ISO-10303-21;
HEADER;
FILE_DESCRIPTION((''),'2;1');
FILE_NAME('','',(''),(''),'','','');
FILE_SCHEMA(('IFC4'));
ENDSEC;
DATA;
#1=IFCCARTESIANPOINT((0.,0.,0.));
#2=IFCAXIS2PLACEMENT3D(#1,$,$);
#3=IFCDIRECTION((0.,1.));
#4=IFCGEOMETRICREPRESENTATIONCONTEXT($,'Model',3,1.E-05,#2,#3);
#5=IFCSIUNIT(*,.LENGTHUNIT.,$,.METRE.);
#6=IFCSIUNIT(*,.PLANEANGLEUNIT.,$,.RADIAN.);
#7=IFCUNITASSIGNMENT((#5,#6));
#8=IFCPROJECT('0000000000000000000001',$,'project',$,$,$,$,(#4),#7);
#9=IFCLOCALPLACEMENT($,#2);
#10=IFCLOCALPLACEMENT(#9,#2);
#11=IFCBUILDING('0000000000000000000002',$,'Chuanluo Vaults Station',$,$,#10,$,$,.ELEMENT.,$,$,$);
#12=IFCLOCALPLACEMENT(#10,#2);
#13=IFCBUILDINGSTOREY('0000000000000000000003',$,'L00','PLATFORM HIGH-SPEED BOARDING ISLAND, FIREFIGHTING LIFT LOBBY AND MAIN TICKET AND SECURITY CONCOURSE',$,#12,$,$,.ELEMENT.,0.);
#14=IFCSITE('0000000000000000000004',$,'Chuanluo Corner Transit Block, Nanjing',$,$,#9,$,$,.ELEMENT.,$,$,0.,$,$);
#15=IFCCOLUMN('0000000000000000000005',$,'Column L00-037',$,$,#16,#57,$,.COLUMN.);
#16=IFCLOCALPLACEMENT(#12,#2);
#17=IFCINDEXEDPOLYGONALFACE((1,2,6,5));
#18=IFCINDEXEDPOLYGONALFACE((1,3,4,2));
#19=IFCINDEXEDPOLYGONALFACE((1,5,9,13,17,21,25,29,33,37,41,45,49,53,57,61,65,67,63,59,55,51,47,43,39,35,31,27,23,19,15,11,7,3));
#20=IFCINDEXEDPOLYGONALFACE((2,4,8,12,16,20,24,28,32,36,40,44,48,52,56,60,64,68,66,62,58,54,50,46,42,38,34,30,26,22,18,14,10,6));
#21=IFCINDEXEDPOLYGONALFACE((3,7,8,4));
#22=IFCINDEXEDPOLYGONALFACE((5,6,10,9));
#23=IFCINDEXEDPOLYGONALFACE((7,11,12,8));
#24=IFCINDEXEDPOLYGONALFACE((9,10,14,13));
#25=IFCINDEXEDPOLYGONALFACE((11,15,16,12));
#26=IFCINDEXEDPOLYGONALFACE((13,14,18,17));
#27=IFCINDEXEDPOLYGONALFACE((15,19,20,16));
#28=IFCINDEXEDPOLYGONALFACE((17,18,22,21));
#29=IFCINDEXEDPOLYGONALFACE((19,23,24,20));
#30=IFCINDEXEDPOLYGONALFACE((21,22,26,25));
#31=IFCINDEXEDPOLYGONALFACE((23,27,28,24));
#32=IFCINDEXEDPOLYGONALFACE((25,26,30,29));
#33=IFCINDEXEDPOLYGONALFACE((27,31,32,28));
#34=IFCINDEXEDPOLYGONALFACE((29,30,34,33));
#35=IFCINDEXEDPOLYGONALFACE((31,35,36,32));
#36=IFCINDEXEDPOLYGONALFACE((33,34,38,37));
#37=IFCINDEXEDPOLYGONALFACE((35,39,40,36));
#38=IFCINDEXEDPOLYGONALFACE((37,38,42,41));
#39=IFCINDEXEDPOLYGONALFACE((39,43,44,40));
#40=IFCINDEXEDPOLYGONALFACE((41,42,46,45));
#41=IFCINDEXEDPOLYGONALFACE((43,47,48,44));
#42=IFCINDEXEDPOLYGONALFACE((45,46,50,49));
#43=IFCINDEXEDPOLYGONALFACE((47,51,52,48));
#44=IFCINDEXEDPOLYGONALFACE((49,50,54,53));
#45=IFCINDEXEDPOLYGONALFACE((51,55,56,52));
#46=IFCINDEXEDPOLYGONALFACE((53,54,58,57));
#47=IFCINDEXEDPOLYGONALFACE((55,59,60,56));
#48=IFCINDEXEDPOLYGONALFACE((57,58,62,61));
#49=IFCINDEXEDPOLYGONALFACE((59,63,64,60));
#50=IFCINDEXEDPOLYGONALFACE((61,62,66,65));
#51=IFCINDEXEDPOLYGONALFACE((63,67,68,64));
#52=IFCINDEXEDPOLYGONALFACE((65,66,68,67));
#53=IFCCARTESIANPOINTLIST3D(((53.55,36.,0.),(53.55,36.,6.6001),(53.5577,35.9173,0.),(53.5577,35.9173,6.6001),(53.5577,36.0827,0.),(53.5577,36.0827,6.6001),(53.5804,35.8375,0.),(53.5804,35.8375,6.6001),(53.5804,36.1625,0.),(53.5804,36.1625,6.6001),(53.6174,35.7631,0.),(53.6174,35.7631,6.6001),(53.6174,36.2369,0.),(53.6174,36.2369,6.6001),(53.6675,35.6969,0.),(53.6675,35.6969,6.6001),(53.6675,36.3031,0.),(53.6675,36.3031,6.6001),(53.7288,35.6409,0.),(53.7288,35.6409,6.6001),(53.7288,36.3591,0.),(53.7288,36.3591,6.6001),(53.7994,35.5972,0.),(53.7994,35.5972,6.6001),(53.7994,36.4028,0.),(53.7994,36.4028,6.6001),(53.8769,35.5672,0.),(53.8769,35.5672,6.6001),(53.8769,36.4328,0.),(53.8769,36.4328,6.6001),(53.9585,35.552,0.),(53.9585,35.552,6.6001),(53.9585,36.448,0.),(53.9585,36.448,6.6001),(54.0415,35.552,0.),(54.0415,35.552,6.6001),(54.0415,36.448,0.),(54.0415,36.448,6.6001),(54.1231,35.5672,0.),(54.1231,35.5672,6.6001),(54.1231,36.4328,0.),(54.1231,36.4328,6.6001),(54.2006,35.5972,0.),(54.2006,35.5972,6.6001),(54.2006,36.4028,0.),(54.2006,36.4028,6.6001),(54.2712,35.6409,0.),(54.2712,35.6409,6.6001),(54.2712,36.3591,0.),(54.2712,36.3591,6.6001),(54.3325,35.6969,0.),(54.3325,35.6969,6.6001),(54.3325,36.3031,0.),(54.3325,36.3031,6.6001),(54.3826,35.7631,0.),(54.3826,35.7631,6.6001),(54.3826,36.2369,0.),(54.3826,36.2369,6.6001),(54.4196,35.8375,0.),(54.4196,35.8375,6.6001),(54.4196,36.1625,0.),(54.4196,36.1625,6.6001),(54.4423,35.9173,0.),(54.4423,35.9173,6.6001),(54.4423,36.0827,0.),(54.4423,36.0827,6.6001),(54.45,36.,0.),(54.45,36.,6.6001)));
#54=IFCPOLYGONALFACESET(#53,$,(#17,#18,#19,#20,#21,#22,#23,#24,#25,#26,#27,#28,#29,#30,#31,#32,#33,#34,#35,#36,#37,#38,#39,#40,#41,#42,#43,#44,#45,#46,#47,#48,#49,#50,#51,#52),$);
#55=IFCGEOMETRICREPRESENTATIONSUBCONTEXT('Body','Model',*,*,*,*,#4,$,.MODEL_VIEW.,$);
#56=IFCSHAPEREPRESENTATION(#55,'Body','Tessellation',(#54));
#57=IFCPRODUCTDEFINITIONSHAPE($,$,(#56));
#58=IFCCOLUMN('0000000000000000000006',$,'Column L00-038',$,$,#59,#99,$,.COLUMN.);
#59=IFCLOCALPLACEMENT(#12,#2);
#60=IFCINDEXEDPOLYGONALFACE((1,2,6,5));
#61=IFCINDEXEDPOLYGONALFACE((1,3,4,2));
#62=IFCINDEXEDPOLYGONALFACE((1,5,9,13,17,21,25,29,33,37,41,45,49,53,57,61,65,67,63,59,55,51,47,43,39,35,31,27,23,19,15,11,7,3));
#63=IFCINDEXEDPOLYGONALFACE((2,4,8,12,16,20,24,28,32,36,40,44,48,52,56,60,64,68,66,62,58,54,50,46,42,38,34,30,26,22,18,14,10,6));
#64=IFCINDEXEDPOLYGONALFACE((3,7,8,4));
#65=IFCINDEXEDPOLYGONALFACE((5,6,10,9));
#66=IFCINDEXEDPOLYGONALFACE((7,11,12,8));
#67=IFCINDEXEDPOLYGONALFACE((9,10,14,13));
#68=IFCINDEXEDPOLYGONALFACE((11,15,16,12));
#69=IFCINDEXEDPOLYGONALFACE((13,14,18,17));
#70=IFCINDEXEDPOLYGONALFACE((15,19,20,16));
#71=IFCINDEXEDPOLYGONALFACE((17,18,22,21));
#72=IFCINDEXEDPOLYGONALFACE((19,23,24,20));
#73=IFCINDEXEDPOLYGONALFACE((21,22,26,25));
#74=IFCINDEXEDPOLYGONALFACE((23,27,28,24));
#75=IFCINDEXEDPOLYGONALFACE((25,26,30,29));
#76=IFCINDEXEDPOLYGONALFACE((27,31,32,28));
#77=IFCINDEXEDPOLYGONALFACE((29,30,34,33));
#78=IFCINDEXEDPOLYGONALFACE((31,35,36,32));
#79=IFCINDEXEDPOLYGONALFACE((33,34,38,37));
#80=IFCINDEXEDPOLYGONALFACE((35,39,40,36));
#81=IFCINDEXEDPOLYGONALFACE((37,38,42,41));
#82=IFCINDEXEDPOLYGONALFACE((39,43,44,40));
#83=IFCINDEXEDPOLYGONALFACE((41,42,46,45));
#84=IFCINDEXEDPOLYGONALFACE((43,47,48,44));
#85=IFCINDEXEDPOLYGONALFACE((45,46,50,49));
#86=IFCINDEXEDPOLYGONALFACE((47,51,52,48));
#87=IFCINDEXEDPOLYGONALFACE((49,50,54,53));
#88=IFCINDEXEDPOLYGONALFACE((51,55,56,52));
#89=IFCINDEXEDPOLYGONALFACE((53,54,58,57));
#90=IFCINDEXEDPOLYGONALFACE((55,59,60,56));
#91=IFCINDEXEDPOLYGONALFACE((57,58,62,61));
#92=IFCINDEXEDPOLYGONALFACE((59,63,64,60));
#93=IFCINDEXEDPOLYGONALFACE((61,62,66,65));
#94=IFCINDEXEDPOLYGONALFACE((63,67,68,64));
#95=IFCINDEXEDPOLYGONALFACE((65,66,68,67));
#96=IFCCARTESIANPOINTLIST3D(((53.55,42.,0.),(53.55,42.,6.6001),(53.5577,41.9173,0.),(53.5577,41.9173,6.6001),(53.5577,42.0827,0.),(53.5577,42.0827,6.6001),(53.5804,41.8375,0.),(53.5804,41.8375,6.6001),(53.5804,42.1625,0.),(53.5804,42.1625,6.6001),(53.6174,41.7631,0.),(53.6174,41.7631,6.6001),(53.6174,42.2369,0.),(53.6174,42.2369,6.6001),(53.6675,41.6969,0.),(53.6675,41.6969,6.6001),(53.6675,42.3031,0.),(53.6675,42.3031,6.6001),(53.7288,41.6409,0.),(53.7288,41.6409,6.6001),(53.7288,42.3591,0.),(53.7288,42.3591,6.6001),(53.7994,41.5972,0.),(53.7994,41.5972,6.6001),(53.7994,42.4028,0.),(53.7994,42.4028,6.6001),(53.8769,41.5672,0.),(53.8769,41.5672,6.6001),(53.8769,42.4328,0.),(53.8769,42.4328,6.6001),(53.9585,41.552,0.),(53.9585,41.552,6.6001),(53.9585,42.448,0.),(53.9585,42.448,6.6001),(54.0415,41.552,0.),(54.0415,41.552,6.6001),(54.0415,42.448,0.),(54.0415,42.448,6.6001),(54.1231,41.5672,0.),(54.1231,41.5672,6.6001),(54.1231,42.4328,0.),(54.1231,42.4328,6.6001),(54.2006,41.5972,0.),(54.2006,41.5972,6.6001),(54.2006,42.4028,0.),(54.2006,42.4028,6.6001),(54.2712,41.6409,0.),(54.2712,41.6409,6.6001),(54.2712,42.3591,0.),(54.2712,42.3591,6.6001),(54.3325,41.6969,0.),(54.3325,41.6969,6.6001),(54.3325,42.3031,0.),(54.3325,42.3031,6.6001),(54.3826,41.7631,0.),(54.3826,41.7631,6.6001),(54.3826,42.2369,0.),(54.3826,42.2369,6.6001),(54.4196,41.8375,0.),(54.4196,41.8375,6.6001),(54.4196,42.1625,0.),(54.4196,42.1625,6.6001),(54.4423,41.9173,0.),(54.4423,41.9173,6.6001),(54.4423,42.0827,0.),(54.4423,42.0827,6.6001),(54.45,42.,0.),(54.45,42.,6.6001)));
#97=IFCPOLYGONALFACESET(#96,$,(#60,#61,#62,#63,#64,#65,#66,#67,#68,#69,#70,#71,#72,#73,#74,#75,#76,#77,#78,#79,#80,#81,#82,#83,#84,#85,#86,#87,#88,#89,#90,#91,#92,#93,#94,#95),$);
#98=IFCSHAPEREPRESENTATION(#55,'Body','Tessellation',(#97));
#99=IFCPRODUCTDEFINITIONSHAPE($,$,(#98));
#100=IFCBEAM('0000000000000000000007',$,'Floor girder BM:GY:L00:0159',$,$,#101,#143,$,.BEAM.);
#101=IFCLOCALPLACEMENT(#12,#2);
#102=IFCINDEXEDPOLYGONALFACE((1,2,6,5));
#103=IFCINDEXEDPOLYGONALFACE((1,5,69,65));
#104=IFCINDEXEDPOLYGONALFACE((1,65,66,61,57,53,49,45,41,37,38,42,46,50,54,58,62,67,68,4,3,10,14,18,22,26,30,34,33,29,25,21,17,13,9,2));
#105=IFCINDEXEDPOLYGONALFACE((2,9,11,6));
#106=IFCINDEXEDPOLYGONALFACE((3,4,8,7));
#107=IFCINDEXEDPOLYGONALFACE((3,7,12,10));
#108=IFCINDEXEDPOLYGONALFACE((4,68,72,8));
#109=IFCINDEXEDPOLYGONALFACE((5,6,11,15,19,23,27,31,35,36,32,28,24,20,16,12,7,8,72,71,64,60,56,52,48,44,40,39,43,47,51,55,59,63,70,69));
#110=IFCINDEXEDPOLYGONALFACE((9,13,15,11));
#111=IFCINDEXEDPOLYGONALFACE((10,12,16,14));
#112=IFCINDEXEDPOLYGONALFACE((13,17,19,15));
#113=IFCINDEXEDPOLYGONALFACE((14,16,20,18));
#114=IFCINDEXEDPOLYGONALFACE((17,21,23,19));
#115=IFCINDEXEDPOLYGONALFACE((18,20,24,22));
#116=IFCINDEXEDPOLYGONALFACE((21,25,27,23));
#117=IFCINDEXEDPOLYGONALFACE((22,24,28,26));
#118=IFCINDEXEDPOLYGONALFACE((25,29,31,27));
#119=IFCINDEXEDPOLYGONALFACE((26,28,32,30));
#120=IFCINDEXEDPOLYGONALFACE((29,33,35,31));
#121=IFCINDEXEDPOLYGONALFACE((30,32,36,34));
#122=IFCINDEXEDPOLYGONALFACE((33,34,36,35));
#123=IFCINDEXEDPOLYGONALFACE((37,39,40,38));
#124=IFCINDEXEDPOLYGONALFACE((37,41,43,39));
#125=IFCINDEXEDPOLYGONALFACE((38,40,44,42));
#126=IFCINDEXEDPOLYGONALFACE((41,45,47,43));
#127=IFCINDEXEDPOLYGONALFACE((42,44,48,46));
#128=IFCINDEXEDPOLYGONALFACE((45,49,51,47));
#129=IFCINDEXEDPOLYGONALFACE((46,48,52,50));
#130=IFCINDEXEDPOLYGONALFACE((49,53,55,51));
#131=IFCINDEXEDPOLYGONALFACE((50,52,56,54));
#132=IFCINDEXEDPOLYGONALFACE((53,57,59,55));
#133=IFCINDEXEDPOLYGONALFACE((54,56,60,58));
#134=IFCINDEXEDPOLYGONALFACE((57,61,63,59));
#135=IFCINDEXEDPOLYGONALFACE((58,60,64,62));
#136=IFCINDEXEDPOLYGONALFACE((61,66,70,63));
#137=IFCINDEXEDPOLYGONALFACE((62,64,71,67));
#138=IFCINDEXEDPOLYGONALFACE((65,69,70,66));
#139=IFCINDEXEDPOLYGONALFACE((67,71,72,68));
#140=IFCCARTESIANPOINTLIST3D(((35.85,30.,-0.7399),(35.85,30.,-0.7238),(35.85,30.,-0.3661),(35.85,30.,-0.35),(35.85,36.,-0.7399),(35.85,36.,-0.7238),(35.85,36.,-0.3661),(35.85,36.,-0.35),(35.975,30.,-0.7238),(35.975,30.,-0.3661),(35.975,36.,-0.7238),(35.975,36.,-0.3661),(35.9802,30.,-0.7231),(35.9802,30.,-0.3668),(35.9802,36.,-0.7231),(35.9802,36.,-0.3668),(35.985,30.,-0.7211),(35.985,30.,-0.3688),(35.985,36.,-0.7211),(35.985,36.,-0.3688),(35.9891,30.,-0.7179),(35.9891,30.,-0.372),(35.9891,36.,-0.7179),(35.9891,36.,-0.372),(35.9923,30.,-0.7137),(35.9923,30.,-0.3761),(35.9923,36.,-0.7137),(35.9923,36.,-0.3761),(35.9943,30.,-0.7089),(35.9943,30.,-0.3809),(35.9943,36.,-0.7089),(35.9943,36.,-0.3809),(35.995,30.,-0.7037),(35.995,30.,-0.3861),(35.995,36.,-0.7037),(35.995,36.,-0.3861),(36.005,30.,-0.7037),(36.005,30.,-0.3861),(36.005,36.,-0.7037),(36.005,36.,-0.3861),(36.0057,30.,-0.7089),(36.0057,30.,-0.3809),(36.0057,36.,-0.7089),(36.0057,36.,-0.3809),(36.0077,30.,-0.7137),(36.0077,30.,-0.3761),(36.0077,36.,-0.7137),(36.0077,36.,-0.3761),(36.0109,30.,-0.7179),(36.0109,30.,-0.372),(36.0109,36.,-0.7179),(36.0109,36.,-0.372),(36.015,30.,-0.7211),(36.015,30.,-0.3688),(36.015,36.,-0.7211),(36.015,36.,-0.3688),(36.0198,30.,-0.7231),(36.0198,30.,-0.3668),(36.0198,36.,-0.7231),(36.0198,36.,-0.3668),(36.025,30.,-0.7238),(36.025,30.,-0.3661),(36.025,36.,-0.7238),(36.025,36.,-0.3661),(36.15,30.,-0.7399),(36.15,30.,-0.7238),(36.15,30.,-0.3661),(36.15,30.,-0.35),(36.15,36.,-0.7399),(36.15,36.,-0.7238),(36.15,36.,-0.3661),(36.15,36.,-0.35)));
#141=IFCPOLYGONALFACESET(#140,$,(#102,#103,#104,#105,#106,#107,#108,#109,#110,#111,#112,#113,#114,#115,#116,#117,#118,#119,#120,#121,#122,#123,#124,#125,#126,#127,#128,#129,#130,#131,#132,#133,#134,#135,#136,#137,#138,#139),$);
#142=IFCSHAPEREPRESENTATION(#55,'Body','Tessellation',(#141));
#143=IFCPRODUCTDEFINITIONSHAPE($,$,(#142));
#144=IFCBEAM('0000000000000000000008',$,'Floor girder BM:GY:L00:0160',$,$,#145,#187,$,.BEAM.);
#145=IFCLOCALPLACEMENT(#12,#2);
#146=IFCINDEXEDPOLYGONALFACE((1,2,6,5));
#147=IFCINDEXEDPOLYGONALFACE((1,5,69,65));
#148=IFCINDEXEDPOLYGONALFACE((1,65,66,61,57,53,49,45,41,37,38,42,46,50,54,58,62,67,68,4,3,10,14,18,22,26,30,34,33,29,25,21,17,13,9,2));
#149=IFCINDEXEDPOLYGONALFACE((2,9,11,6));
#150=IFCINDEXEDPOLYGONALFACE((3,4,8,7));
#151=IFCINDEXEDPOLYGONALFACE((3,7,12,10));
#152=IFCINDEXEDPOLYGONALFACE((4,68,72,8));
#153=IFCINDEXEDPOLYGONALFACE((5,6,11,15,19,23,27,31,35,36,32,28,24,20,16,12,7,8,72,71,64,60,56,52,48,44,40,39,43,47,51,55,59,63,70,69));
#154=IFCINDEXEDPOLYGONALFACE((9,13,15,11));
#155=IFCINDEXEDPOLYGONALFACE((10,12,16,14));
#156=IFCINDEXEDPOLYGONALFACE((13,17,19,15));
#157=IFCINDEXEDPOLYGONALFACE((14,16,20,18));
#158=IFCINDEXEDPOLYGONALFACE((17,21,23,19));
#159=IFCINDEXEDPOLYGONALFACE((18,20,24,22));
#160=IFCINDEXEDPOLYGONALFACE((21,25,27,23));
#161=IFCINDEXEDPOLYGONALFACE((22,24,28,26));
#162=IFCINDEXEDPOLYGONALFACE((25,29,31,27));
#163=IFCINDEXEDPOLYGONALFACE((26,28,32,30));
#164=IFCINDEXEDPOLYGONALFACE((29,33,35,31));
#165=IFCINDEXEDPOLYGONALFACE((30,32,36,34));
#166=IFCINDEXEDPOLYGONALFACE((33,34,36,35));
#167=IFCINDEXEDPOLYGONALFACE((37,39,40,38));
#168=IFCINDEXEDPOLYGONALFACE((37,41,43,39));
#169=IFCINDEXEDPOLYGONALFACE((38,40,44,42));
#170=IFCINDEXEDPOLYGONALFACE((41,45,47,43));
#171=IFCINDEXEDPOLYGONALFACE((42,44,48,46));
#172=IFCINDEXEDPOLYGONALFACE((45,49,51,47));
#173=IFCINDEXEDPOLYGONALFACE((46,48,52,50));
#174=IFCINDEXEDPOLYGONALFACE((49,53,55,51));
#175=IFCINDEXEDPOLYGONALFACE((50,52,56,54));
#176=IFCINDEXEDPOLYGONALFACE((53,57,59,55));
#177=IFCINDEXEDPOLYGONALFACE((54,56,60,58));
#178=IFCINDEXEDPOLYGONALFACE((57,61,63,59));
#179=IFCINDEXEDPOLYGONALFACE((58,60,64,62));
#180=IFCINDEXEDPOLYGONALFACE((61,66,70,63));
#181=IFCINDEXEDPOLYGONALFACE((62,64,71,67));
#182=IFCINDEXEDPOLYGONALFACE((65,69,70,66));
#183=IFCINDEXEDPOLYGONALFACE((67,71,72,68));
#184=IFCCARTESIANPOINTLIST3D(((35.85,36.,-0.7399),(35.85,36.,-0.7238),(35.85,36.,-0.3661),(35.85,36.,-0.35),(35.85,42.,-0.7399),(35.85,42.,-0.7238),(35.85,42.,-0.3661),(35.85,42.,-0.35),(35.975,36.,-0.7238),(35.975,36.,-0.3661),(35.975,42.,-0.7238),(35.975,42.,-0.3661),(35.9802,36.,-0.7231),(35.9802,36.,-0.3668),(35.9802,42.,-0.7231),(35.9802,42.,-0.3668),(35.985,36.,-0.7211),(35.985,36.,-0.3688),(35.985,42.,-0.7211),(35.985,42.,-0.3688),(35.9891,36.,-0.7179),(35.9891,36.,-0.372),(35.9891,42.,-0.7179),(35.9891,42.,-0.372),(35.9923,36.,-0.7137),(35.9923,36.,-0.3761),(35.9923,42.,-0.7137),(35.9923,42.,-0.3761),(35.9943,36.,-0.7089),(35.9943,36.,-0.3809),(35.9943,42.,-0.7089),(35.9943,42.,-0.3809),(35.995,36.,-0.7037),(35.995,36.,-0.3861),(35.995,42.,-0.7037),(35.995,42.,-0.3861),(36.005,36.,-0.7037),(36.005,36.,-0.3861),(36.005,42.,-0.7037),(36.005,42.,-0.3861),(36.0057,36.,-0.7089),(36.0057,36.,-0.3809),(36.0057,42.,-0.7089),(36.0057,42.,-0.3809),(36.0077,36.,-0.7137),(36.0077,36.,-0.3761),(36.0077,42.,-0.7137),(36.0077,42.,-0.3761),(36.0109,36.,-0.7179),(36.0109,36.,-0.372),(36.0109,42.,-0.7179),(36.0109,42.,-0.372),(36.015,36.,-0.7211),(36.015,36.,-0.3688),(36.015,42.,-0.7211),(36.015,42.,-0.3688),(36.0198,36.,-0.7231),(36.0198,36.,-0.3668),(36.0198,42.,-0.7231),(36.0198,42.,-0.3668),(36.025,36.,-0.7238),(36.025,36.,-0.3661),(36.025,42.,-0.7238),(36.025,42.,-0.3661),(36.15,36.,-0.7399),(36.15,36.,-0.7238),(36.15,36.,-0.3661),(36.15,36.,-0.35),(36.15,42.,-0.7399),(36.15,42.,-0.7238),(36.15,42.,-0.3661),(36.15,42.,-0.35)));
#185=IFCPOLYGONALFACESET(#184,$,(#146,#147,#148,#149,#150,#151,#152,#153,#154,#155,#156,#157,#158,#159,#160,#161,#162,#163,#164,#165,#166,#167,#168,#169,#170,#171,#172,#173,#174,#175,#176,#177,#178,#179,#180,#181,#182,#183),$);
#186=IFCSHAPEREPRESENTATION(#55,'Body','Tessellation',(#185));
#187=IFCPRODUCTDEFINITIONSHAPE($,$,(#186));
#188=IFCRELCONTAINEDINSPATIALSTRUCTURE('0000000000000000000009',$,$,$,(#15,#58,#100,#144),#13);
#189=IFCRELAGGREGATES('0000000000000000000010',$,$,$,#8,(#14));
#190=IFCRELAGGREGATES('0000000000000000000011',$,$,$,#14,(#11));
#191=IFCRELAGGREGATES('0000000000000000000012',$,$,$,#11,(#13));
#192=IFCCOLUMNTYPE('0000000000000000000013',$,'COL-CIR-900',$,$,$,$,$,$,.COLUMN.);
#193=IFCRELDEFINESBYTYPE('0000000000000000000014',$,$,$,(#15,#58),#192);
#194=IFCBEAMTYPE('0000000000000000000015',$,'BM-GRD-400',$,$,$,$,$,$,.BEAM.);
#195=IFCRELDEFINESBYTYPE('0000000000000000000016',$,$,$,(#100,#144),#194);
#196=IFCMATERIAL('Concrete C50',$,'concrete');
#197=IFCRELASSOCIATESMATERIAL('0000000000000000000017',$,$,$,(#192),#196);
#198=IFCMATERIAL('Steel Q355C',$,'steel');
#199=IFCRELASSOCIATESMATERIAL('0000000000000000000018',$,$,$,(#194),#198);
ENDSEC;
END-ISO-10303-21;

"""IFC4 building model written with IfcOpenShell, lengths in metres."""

from ifc_helpers import new_model, si_unit, direction, frame, origin, origin_2d, place, context, subcontext, project, spatial, circle, i_section, extrude, material, material_profile, profile_set, type_object, element, save


model = new_model("IFC4")

# Units and contexts
model_context = context("Model", 3, precision=1e-05, world=origin(), true_north=direction((0.0, 1.0)))
body_context = subcontext(model_context, "Body", "Model", "MODEL_VIEW")
ifc_project = project(units=[si_unit("LENGTHUNIT", "METRE"), si_unit("PLANEANGLEUNIT", "RADIAN")], contexts=[model_context])

# Site, building, storey
site_placement = place(None, origin())
site = spatial("IfcSite", under=ifc_project, at=site_placement, Name="Chuanluo Corner Transit Block, Nanjing", CompositionType="ELEMENT", RefElevation=0.0)
building_placement = place(site_placement, origin())
building = spatial("IfcBuilding", under=site, at=building_placement, Name="Chuanluo Vaults Station", CompositionType="ELEMENT")
storey_placement = place(building_placement, origin())
storey = spatial("IfcBuildingStorey", under=building, at=storey_placement, Name="L00", Description="PLATFORM HIGH-SPEED BOARDING ISLAND, FIREFIGHTING LIFT LOBBY AND MAIN TICKET AND SECURITY CONCOURSE", CompositionType="ELEMENT", Elevation=0.0)

# Columns
ifc_material_1 = material(Name="Concrete C50", Category="concrete")
ifc_material_profile_1 = material_profile(ifc_material_1, circle(Radius=0.45, at=origin_2d()))
ifc_profile_set_1 = profile_set([ifc_material_profile_1], Name="Concrete C50")
column_type = type_object("IfcColumnType", Name="COL-CIR-900", PredefinedType="COLUMN", material=ifc_profile_set_1)
for number, where, z_axis, x_axis, name in (
    (1, (54.0, 36.0, 0.0), (0.0, 0.0, 1.0), (1.0, 0.0, 0.0), "Column L00-037"),
    (2, (54.0, 42.0, 0.0), (0.0, 0.0, 1.0), (1.0, 0.0, 0.0), "Column L00-038"),
):
    element("IfcColumn", number, at=place(storey_placement, frame(where, z_axis=z_axis, x_axis=x_axis)), inside=storey, type_object=column_type, Name=name, PredefinedType="COLUMN", context=body_context, shape_type="SweptSolid", body=[
        extrude(circle(Radius=0.45, at=origin_2d()), origin(), (0.0, 0.0, 1.0), 6.6001),
    ])

# Beams
ifc_material_2 = material(Name="Steel Q355C", Category="steel")
ifc_material_profile_2 = material_profile(ifc_material_2, i_section(OverallWidth=0.3, OverallDepth=0.3899, WebThickness=0.01, FlangeThickness=0.0161, FilletRadius=0.02, at=origin_2d()))
ifc_profile_set_2 = profile_set([ifc_material_profile_2], Name="Steel Q355C")
beam_type_1 = type_object("IfcBeamType", Name="BM-GRD-400", PredefinedType="BEAM", material=ifc_profile_set_2)
for number, where, z_axis, x_axis, name in (
    (3, (36.0, 30.0, -0.5449), (0.0, 1.0, 0.0), (-1.0, 0.0, 0.0), "Floor girder BM:GY:L00:0159"),
    (4, (36.0, 36.0, -0.5449), (0.0, 1.0, 0.0), (-1.0, 0.0, 0.0), "Floor girder BM:GY:L00:0160"),
):
    element("IfcBeam", number, at=place(storey_placement, frame(where, z_axis=z_axis, x_axis=x_axis)), inside=storey, type_object=beam_type_1, Name=name, PredefinedType="BEAM", context=body_context, shape_type="SweptSolid", body=[
        extrude(i_section(OverallWidth=0.3, OverallDepth=0.3899, WebThickness=0.01, FlangeThickness=0.0161, FilletRadius=0.02, at=origin_2d()), origin(), (0.0, 0.0, 1.0), 6.0),
    ])

save(model, "model.ifc")
